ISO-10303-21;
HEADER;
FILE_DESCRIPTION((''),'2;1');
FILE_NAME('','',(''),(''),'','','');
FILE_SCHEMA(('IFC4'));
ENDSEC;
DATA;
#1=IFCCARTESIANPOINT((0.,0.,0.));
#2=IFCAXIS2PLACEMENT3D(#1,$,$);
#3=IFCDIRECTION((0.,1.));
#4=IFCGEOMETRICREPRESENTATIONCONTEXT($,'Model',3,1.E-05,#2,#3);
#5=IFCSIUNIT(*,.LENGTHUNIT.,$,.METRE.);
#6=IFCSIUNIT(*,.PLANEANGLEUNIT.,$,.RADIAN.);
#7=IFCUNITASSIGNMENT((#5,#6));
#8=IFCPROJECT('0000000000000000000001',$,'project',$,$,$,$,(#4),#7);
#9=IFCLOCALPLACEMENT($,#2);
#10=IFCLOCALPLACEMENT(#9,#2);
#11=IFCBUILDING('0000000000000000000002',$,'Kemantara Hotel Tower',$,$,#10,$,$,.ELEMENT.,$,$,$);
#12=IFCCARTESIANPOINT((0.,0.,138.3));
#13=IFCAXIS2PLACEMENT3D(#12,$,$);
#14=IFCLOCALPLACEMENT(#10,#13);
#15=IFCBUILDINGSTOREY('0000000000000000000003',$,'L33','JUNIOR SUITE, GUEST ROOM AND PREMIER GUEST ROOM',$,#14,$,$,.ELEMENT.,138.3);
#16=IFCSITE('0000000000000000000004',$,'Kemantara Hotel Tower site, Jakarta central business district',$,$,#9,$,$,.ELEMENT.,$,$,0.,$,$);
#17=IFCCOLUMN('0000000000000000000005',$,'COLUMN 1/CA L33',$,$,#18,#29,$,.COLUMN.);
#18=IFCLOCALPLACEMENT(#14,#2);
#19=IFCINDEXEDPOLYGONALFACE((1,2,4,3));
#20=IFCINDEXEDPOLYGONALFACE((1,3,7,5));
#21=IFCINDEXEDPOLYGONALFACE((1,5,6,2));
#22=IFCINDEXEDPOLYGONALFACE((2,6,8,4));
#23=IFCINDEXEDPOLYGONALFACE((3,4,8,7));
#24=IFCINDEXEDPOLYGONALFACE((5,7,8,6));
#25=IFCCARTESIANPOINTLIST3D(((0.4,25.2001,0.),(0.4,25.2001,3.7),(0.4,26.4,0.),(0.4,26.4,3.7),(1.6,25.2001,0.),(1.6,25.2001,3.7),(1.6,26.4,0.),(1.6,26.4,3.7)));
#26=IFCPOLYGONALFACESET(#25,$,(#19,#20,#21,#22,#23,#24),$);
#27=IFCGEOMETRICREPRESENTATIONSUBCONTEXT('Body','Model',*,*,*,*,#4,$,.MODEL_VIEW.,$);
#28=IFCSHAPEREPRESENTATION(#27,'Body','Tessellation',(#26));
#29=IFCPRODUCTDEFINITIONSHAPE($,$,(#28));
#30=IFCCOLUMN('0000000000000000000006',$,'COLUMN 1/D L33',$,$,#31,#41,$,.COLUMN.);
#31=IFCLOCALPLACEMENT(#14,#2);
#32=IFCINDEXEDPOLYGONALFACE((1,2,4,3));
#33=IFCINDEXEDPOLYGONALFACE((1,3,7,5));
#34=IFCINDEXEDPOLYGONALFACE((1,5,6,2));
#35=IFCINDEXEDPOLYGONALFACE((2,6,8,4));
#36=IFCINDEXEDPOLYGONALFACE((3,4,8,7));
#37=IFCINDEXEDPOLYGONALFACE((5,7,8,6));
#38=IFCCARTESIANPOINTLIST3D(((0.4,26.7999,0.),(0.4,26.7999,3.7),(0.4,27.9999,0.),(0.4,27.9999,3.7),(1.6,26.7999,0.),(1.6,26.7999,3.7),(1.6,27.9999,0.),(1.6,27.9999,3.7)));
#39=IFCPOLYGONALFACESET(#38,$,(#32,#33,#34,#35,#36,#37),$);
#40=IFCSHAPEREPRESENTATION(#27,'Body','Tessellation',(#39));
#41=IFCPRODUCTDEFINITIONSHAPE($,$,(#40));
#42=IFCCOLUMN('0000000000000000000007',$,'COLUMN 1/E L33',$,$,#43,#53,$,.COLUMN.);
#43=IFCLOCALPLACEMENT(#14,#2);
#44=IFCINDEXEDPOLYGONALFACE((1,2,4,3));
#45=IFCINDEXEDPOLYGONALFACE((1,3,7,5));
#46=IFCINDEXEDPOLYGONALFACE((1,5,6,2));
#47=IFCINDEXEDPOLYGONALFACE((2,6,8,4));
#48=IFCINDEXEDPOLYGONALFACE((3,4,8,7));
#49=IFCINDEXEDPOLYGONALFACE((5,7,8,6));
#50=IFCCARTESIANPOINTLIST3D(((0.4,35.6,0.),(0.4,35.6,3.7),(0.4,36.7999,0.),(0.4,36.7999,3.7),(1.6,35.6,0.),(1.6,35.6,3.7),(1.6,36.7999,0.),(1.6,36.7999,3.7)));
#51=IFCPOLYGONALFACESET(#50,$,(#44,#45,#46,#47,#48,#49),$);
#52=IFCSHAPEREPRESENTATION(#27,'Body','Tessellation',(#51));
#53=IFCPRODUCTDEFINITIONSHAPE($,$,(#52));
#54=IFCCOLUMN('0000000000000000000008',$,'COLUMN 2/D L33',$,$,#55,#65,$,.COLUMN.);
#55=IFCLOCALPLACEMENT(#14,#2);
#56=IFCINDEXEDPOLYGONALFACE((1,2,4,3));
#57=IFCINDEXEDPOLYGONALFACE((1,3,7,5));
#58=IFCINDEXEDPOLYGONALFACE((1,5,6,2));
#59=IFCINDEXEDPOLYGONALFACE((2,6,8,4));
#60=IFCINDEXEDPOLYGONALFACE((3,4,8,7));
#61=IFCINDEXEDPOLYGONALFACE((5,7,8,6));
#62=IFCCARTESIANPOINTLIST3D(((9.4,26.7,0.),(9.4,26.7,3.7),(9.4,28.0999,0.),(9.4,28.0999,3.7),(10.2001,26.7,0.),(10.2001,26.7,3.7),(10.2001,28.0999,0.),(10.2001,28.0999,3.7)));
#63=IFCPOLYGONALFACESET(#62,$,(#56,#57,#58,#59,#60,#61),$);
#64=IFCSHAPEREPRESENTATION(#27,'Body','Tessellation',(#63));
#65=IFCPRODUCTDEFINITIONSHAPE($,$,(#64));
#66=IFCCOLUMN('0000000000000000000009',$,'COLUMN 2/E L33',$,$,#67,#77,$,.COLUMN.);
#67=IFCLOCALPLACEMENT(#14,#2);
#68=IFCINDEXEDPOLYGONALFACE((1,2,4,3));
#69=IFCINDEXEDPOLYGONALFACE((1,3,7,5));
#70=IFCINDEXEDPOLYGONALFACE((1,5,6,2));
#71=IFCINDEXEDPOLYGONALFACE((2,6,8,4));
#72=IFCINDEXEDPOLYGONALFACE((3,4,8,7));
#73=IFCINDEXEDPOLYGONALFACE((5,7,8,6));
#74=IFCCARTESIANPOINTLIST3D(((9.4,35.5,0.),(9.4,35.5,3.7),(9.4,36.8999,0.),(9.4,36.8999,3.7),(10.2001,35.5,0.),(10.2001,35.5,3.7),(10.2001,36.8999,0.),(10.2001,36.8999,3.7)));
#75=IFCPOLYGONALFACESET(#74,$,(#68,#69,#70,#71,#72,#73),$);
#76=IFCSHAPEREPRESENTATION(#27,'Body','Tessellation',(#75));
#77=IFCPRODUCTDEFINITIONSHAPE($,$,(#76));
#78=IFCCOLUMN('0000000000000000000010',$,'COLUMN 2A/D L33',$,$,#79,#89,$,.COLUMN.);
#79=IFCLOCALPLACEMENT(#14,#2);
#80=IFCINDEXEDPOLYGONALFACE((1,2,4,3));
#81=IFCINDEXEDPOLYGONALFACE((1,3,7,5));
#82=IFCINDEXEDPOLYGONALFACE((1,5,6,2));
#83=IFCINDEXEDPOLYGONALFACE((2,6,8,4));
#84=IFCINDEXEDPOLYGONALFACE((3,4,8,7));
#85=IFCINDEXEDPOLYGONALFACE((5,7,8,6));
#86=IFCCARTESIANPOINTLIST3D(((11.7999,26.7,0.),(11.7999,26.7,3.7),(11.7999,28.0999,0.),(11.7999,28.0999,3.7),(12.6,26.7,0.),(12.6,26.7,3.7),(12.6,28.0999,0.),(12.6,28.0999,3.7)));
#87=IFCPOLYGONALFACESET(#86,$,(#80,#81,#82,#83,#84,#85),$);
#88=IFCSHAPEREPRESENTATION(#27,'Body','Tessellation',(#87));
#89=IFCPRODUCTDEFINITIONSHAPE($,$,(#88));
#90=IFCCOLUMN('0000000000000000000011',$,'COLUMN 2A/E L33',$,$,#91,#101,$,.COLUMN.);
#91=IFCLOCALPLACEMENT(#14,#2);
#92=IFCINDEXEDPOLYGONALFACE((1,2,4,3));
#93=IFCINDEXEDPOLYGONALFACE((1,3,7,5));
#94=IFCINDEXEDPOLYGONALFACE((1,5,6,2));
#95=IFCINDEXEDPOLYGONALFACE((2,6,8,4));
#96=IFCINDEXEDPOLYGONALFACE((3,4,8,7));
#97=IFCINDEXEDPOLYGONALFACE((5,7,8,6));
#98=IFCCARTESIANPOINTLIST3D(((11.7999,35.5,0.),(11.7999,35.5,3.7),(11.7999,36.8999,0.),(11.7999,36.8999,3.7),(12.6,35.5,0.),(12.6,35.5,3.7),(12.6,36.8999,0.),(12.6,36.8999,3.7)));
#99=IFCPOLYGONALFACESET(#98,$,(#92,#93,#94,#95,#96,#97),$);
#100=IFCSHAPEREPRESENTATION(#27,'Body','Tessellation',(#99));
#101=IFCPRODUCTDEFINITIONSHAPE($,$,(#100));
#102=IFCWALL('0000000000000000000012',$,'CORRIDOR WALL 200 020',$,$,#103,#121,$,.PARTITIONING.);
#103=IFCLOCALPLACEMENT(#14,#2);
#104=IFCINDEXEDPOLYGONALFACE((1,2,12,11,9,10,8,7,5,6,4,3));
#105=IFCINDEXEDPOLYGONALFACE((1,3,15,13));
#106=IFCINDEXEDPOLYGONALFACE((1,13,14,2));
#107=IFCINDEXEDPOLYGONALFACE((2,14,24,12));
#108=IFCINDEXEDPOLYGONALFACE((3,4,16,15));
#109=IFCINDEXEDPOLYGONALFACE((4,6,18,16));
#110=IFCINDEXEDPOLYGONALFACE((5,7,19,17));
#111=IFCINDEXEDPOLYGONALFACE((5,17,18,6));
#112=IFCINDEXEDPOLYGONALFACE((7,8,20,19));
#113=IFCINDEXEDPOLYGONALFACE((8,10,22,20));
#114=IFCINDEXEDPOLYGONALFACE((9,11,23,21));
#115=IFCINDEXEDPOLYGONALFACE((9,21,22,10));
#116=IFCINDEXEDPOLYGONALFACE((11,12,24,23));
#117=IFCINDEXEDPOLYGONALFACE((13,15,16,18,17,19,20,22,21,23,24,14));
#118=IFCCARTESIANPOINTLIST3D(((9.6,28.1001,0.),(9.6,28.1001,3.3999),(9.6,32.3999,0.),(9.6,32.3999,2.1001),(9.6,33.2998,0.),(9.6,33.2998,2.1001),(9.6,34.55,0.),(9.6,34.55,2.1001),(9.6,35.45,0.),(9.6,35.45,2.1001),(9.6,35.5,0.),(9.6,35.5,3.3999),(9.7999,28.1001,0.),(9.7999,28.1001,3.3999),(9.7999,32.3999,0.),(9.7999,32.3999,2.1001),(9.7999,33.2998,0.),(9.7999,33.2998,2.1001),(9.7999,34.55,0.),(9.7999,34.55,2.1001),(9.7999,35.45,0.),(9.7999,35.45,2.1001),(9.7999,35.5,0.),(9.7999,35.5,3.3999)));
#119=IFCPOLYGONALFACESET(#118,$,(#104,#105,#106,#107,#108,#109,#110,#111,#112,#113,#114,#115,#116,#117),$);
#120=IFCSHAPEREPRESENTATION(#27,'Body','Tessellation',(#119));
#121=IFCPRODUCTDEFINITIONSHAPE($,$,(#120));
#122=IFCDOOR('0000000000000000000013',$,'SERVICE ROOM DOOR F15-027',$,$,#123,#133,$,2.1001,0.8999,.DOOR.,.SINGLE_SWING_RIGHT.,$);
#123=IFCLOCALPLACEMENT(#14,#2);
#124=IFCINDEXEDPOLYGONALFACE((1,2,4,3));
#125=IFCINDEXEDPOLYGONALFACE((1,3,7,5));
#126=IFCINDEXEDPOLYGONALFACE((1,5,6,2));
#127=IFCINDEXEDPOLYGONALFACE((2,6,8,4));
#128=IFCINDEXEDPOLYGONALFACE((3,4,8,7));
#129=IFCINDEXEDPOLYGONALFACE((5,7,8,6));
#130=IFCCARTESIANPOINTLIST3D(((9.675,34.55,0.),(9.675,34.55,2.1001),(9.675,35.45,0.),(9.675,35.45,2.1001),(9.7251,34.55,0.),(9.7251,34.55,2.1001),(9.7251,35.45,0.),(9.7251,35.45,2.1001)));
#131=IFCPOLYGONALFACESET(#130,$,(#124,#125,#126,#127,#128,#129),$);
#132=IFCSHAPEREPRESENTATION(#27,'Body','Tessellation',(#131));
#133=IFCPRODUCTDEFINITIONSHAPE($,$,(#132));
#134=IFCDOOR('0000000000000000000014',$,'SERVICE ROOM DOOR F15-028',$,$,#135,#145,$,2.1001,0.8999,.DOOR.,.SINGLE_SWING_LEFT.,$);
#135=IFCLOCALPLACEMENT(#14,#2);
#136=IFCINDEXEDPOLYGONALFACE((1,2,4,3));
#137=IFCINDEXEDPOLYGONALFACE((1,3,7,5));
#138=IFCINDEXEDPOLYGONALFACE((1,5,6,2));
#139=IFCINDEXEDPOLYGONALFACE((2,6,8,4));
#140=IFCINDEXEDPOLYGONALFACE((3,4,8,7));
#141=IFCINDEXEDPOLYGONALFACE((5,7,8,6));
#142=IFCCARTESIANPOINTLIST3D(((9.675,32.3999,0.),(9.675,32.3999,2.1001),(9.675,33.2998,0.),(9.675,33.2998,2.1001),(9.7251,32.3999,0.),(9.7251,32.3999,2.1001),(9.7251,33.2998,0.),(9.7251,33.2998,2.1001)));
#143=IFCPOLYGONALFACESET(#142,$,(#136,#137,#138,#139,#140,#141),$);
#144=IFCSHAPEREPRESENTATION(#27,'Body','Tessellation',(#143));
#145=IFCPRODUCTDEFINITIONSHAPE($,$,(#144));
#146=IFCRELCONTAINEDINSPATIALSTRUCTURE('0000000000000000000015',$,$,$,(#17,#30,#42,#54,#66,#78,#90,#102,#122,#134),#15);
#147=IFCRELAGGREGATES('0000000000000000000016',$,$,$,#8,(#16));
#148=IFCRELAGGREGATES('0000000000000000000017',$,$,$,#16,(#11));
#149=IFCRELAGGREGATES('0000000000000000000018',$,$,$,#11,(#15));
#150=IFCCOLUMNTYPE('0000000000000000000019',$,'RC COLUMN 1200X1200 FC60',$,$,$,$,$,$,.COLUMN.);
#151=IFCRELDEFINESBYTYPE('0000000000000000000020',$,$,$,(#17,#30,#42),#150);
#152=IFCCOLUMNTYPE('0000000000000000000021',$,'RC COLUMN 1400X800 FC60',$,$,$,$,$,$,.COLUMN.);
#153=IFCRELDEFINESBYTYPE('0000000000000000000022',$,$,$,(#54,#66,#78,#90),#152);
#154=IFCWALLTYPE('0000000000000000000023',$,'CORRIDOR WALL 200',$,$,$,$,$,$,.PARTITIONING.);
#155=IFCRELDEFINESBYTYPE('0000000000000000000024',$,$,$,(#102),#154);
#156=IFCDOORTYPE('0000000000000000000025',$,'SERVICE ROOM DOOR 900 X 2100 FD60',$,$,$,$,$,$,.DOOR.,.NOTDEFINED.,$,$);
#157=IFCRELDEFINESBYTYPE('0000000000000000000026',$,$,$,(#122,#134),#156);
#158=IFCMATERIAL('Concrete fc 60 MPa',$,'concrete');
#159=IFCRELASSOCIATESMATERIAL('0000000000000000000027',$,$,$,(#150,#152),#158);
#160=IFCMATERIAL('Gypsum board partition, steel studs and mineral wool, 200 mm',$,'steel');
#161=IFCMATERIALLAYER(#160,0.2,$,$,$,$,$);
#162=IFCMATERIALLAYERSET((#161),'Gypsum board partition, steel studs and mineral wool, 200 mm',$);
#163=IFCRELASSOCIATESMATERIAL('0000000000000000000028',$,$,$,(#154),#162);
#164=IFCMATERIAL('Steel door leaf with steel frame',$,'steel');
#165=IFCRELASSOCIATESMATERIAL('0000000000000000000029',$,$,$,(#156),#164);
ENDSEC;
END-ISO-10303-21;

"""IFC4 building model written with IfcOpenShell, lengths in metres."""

from ifc_helpers import new_model, si_unit, direction, frame, frame_2d, origin, origin_2d, place, context, subcontext, project, spatial, rectangle, extrude, material, layer, layer_set, material_profile, profile_set, type_object, element, fill, save


model = new_model("IFC4")

# Units and contexts
model_context = context("Model", 3, precision=1e-05, world=origin(), true_north=direction((0.0, 1.0)))
body_context = subcontext(model_context, "Body", "Model", "MODEL_VIEW")
ifc_project = project(units=[si_unit("LENGTHUNIT", "METRE"), si_unit("PLANEANGLEUNIT", "RADIAN")], contexts=[model_context])

# Site, building, storey
site_placement = place(None, origin())
site = spatial("IfcSite", under=ifc_project, at=site_placement, Name="Kemantara Hotel Tower site, Jakarta central business district", CompositionType="ELEMENT", RefElevation=0.0)
building_placement = place(site_placement, origin())
building = spatial("IfcBuilding", under=site, at=building_placement, Name="Kemantara Hotel Tower", CompositionType="ELEMENT")
storey_placement = place(building_placement, frame((0.0, 0.0, 138.3)))
storey = spatial("IfcBuildingStorey", under=building, at=storey_placement, Name="L33", Description="JUNIOR SUITE, GUEST ROOM AND PREMIER GUEST ROOM", CompositionType="ELEMENT", Elevation=138.3)

# Columns
ifc_material_1 = material(Name="Concrete fc 60 MPa", Category="concrete")
ifc_material_profile_1 = material_profile(ifc_material_1, rectangle(XDim=1.2, YDim=1.2, at=origin_2d()), Name="RC 1200X1200")
ifc_profile_set_1 = profile_set([ifc_material_profile_1], Name="Concrete fc 60 MPa")
column_type_1 = type_object("IfcColumnType", Name="RC COLUMN 1200X1200 FC60", PredefinedType="COLUMN", material=ifc_profile_set_1)
for number, where, z_axis, x_axis, name in (
    (1, (1.0, 25.8, 0.0), (0.0, 0.0, 1.0), (1.0, 0.0, 0.0), "COLUMN 1/CA L33"),
    (2, (1.0, 27.3999, 0.0), (0.0, 0.0, 1.0), (1.0, 0.0, 0.0), "COLUMN 1/D L33"),
    (3, (1.0, 36.2, 0.0), (0.0, 0.0, 1.0), (1.0, 0.0, 0.0), "COLUMN 1/E L33"),
):
    element("IfcColumn", number, at=place(storey_placement, frame(where, z_axis=z_axis, x_axis=x_axis)), inside=storey, type_object=column_type_1, Name=name, PredefinedType="COLUMN", context=body_context, shape_type="SweptSolid", body=[
        extrude(rectangle(XDim=1.2, YDim=1.2, at=origin_2d()), origin(), (0.0, 0.0, 1.0), 3.7),
    ])
ifc_material_profile_2 = material_profile(ifc_material_1, rectangle(XDim=1.3999, YDim=0.8, at=origin_2d()), Name="RC 1400X800")
ifc_profile_set_2 = profile_set([ifc_material_profile_2], Name="Concrete fc 60 MPa")
column_type_2 = type_object("IfcColumnType", Name="RC COLUMN 1400X800 FC60", PredefinedType="COLUMN", material=ifc_profile_set_2)
for number, where, z_axis, x_axis, name in (
    (4, (9.8, 27.3999, 0.0), (0.0, 0.0, 1.0), (0.0, 1.0, 0.0), "COLUMN 2/D L33"),
    (5, (9.8, 36.2, 0.0), (0.0, 0.0, 1.0), (0.0, 1.0, 0.0), "COLUMN 2/E L33"),
    (6, (12.2, 27.3999, 0.0), (0.0, 0.0, 1.0), (0.0, 1.0, 0.0), "COLUMN 2A/D L33"),
    (7, (12.2, 36.2, 0.0), (0.0, 0.0, 1.0), (0.0, 1.0, 0.0), "COLUMN 2A/E L33"),
):
    element("IfcColumn", number, at=place(storey_placement, frame(where, z_axis=z_axis, x_axis=x_axis)), inside=storey, type_object=column_type_2, Name=name, PredefinedType="COLUMN", context=body_context, shape_type="SweptSolid", body=[
        extrude(rectangle(XDim=1.3999, YDim=0.8, at=origin_2d()), origin(), (0.0, 0.0, 1.0), 3.7),
    ])

# Wall, openings, doors
ifc_material_2 = material(Name="Gypsum board partition, steel studs and mineral wool, 200 mm", Category="steel")
ifc_layer_1 = layer(ifc_material_2, 0.2)
ifc_layer_set_1 = layer_set([ifc_layer_1], Name="Gypsum board partition, steel studs and mineral wool, 200 mm")
wall_type_1 = type_object("IfcWallType", Name="CORRIDOR WALL 200", PredefinedType="PARTITIONING", material=ifc_layer_set_1)
wall_1_placement = place(storey_placement, frame((9.7, 28.1001, 0.0), z_axis=(0.0, 0.0, 1.0), x_axis=(0.0, 1.0, 0.0)))
wall_1 = element("IfcWall", 8, at=wall_1_placement, inside=storey, type_object=wall_type_1, Name="CORRIDOR WALL 200 020", PredefinedType="PARTITIONING", context=body_context, shape_type="SweptSolid", body=[
    extrude(rectangle(XDim=7.3999, YDim=0.2, at=frame_2d((3.7, 0.0))), origin(), (0.0, 0.0, 1.0), 3.3999),
])
opening_1_placement = place(wall_1_placement, frame((6.45, 0.0, 0.0)))
opening_1 = element("IfcOpeningElement", 9, at=opening_1_placement, cuts=wall_1, PredefinedType="OPENING", context=body_context, shape_type="SweptSolid", body=[
    extrude(rectangle(XDim=0.8999, YDim=2.1001, at=frame_2d((0.45, 1.05))), frame((0.0, 0.1099, 0.0), z_axis=(0.0, -1.0, 0.0), x_axis=(1.0, 0.0, 0.0)), (0.0, 0.0, 1.0), 0.22),
])
opening_2_placement = place(wall_1_placement, frame((4.2998, 0.0, 0.0)))
opening_2 = element("IfcOpeningElement", 10, at=opening_2_placement, cuts=wall_1, PredefinedType="OPENING", context=body_context, shape_type="SweptSolid", body=[
    extrude(rectangle(XDim=0.8999, YDim=2.1001, at=frame_2d((0.45, 1.05))), frame((0.0, 0.1099, 0.0), z_axis=(0.0, -1.0, 0.0), x_axis=(1.0, 0.0, 0.0)), (0.0, 0.0, 1.0), 0.22),
])
ifc_material_3 = material(Name="Steel door leaf with steel frame", Category="steel")
door_type_1 = type_object("IfcDoorType", Name="SERVICE ROOM DOOR 900 X 2100 FD60", OperationType="NOTDEFINED", PredefinedType="DOOR", material=ifc_material_3)
door_1_placement = place(opening_1_placement, origin())
door_1 = element("IfcDoor", 11, at=door_1_placement, inside=storey, type_object=door_type_1, Name="SERVICE ROOM DOOR F15-027", OperationType="SINGLE_SWING_RIGHT", OverallHeight=2.1001, OverallWidth=0.8999, PredefinedType="DOOR", context=body_context, shape_type="SweptSolid", body=[
    extrude(rectangle(XDim=0.8999, YDim=2.1001, at=frame_2d((0.45, 1.05))), frame((0.0, 0.0249, 0.0), z_axis=(0.0, -1.0, 0.0), x_axis=(1.0, 0.0, 0.0)), (0.0, 0.0, 1.0), 0.05),
])
fill(opening_1, door_1)
door_2_placement = place(opening_2_placement, origin())
door_2 = element("IfcDoor", 12, at=door_2_placement, inside=storey, type_object=door_type_1, Name="SERVICE ROOM DOOR F15-028", OperationType="SINGLE_SWING_LEFT", OverallHeight=2.1001, OverallWidth=0.8999, PredefinedType="DOOR", context=body_context, shape_type="SweptSolid", body=[
    extrude(rectangle(XDim=0.8999, YDim=2.1001, at=frame_2d((0.45, 1.05))), frame((0.0, 0.0249, 0.0), z_axis=(0.0, -1.0, 0.0), x_axis=(1.0, 0.0, 0.0)), (0.0, 0.0, 1.0), 0.05),
])
fill(opening_2, door_2)

save(model, "model.ifc")
